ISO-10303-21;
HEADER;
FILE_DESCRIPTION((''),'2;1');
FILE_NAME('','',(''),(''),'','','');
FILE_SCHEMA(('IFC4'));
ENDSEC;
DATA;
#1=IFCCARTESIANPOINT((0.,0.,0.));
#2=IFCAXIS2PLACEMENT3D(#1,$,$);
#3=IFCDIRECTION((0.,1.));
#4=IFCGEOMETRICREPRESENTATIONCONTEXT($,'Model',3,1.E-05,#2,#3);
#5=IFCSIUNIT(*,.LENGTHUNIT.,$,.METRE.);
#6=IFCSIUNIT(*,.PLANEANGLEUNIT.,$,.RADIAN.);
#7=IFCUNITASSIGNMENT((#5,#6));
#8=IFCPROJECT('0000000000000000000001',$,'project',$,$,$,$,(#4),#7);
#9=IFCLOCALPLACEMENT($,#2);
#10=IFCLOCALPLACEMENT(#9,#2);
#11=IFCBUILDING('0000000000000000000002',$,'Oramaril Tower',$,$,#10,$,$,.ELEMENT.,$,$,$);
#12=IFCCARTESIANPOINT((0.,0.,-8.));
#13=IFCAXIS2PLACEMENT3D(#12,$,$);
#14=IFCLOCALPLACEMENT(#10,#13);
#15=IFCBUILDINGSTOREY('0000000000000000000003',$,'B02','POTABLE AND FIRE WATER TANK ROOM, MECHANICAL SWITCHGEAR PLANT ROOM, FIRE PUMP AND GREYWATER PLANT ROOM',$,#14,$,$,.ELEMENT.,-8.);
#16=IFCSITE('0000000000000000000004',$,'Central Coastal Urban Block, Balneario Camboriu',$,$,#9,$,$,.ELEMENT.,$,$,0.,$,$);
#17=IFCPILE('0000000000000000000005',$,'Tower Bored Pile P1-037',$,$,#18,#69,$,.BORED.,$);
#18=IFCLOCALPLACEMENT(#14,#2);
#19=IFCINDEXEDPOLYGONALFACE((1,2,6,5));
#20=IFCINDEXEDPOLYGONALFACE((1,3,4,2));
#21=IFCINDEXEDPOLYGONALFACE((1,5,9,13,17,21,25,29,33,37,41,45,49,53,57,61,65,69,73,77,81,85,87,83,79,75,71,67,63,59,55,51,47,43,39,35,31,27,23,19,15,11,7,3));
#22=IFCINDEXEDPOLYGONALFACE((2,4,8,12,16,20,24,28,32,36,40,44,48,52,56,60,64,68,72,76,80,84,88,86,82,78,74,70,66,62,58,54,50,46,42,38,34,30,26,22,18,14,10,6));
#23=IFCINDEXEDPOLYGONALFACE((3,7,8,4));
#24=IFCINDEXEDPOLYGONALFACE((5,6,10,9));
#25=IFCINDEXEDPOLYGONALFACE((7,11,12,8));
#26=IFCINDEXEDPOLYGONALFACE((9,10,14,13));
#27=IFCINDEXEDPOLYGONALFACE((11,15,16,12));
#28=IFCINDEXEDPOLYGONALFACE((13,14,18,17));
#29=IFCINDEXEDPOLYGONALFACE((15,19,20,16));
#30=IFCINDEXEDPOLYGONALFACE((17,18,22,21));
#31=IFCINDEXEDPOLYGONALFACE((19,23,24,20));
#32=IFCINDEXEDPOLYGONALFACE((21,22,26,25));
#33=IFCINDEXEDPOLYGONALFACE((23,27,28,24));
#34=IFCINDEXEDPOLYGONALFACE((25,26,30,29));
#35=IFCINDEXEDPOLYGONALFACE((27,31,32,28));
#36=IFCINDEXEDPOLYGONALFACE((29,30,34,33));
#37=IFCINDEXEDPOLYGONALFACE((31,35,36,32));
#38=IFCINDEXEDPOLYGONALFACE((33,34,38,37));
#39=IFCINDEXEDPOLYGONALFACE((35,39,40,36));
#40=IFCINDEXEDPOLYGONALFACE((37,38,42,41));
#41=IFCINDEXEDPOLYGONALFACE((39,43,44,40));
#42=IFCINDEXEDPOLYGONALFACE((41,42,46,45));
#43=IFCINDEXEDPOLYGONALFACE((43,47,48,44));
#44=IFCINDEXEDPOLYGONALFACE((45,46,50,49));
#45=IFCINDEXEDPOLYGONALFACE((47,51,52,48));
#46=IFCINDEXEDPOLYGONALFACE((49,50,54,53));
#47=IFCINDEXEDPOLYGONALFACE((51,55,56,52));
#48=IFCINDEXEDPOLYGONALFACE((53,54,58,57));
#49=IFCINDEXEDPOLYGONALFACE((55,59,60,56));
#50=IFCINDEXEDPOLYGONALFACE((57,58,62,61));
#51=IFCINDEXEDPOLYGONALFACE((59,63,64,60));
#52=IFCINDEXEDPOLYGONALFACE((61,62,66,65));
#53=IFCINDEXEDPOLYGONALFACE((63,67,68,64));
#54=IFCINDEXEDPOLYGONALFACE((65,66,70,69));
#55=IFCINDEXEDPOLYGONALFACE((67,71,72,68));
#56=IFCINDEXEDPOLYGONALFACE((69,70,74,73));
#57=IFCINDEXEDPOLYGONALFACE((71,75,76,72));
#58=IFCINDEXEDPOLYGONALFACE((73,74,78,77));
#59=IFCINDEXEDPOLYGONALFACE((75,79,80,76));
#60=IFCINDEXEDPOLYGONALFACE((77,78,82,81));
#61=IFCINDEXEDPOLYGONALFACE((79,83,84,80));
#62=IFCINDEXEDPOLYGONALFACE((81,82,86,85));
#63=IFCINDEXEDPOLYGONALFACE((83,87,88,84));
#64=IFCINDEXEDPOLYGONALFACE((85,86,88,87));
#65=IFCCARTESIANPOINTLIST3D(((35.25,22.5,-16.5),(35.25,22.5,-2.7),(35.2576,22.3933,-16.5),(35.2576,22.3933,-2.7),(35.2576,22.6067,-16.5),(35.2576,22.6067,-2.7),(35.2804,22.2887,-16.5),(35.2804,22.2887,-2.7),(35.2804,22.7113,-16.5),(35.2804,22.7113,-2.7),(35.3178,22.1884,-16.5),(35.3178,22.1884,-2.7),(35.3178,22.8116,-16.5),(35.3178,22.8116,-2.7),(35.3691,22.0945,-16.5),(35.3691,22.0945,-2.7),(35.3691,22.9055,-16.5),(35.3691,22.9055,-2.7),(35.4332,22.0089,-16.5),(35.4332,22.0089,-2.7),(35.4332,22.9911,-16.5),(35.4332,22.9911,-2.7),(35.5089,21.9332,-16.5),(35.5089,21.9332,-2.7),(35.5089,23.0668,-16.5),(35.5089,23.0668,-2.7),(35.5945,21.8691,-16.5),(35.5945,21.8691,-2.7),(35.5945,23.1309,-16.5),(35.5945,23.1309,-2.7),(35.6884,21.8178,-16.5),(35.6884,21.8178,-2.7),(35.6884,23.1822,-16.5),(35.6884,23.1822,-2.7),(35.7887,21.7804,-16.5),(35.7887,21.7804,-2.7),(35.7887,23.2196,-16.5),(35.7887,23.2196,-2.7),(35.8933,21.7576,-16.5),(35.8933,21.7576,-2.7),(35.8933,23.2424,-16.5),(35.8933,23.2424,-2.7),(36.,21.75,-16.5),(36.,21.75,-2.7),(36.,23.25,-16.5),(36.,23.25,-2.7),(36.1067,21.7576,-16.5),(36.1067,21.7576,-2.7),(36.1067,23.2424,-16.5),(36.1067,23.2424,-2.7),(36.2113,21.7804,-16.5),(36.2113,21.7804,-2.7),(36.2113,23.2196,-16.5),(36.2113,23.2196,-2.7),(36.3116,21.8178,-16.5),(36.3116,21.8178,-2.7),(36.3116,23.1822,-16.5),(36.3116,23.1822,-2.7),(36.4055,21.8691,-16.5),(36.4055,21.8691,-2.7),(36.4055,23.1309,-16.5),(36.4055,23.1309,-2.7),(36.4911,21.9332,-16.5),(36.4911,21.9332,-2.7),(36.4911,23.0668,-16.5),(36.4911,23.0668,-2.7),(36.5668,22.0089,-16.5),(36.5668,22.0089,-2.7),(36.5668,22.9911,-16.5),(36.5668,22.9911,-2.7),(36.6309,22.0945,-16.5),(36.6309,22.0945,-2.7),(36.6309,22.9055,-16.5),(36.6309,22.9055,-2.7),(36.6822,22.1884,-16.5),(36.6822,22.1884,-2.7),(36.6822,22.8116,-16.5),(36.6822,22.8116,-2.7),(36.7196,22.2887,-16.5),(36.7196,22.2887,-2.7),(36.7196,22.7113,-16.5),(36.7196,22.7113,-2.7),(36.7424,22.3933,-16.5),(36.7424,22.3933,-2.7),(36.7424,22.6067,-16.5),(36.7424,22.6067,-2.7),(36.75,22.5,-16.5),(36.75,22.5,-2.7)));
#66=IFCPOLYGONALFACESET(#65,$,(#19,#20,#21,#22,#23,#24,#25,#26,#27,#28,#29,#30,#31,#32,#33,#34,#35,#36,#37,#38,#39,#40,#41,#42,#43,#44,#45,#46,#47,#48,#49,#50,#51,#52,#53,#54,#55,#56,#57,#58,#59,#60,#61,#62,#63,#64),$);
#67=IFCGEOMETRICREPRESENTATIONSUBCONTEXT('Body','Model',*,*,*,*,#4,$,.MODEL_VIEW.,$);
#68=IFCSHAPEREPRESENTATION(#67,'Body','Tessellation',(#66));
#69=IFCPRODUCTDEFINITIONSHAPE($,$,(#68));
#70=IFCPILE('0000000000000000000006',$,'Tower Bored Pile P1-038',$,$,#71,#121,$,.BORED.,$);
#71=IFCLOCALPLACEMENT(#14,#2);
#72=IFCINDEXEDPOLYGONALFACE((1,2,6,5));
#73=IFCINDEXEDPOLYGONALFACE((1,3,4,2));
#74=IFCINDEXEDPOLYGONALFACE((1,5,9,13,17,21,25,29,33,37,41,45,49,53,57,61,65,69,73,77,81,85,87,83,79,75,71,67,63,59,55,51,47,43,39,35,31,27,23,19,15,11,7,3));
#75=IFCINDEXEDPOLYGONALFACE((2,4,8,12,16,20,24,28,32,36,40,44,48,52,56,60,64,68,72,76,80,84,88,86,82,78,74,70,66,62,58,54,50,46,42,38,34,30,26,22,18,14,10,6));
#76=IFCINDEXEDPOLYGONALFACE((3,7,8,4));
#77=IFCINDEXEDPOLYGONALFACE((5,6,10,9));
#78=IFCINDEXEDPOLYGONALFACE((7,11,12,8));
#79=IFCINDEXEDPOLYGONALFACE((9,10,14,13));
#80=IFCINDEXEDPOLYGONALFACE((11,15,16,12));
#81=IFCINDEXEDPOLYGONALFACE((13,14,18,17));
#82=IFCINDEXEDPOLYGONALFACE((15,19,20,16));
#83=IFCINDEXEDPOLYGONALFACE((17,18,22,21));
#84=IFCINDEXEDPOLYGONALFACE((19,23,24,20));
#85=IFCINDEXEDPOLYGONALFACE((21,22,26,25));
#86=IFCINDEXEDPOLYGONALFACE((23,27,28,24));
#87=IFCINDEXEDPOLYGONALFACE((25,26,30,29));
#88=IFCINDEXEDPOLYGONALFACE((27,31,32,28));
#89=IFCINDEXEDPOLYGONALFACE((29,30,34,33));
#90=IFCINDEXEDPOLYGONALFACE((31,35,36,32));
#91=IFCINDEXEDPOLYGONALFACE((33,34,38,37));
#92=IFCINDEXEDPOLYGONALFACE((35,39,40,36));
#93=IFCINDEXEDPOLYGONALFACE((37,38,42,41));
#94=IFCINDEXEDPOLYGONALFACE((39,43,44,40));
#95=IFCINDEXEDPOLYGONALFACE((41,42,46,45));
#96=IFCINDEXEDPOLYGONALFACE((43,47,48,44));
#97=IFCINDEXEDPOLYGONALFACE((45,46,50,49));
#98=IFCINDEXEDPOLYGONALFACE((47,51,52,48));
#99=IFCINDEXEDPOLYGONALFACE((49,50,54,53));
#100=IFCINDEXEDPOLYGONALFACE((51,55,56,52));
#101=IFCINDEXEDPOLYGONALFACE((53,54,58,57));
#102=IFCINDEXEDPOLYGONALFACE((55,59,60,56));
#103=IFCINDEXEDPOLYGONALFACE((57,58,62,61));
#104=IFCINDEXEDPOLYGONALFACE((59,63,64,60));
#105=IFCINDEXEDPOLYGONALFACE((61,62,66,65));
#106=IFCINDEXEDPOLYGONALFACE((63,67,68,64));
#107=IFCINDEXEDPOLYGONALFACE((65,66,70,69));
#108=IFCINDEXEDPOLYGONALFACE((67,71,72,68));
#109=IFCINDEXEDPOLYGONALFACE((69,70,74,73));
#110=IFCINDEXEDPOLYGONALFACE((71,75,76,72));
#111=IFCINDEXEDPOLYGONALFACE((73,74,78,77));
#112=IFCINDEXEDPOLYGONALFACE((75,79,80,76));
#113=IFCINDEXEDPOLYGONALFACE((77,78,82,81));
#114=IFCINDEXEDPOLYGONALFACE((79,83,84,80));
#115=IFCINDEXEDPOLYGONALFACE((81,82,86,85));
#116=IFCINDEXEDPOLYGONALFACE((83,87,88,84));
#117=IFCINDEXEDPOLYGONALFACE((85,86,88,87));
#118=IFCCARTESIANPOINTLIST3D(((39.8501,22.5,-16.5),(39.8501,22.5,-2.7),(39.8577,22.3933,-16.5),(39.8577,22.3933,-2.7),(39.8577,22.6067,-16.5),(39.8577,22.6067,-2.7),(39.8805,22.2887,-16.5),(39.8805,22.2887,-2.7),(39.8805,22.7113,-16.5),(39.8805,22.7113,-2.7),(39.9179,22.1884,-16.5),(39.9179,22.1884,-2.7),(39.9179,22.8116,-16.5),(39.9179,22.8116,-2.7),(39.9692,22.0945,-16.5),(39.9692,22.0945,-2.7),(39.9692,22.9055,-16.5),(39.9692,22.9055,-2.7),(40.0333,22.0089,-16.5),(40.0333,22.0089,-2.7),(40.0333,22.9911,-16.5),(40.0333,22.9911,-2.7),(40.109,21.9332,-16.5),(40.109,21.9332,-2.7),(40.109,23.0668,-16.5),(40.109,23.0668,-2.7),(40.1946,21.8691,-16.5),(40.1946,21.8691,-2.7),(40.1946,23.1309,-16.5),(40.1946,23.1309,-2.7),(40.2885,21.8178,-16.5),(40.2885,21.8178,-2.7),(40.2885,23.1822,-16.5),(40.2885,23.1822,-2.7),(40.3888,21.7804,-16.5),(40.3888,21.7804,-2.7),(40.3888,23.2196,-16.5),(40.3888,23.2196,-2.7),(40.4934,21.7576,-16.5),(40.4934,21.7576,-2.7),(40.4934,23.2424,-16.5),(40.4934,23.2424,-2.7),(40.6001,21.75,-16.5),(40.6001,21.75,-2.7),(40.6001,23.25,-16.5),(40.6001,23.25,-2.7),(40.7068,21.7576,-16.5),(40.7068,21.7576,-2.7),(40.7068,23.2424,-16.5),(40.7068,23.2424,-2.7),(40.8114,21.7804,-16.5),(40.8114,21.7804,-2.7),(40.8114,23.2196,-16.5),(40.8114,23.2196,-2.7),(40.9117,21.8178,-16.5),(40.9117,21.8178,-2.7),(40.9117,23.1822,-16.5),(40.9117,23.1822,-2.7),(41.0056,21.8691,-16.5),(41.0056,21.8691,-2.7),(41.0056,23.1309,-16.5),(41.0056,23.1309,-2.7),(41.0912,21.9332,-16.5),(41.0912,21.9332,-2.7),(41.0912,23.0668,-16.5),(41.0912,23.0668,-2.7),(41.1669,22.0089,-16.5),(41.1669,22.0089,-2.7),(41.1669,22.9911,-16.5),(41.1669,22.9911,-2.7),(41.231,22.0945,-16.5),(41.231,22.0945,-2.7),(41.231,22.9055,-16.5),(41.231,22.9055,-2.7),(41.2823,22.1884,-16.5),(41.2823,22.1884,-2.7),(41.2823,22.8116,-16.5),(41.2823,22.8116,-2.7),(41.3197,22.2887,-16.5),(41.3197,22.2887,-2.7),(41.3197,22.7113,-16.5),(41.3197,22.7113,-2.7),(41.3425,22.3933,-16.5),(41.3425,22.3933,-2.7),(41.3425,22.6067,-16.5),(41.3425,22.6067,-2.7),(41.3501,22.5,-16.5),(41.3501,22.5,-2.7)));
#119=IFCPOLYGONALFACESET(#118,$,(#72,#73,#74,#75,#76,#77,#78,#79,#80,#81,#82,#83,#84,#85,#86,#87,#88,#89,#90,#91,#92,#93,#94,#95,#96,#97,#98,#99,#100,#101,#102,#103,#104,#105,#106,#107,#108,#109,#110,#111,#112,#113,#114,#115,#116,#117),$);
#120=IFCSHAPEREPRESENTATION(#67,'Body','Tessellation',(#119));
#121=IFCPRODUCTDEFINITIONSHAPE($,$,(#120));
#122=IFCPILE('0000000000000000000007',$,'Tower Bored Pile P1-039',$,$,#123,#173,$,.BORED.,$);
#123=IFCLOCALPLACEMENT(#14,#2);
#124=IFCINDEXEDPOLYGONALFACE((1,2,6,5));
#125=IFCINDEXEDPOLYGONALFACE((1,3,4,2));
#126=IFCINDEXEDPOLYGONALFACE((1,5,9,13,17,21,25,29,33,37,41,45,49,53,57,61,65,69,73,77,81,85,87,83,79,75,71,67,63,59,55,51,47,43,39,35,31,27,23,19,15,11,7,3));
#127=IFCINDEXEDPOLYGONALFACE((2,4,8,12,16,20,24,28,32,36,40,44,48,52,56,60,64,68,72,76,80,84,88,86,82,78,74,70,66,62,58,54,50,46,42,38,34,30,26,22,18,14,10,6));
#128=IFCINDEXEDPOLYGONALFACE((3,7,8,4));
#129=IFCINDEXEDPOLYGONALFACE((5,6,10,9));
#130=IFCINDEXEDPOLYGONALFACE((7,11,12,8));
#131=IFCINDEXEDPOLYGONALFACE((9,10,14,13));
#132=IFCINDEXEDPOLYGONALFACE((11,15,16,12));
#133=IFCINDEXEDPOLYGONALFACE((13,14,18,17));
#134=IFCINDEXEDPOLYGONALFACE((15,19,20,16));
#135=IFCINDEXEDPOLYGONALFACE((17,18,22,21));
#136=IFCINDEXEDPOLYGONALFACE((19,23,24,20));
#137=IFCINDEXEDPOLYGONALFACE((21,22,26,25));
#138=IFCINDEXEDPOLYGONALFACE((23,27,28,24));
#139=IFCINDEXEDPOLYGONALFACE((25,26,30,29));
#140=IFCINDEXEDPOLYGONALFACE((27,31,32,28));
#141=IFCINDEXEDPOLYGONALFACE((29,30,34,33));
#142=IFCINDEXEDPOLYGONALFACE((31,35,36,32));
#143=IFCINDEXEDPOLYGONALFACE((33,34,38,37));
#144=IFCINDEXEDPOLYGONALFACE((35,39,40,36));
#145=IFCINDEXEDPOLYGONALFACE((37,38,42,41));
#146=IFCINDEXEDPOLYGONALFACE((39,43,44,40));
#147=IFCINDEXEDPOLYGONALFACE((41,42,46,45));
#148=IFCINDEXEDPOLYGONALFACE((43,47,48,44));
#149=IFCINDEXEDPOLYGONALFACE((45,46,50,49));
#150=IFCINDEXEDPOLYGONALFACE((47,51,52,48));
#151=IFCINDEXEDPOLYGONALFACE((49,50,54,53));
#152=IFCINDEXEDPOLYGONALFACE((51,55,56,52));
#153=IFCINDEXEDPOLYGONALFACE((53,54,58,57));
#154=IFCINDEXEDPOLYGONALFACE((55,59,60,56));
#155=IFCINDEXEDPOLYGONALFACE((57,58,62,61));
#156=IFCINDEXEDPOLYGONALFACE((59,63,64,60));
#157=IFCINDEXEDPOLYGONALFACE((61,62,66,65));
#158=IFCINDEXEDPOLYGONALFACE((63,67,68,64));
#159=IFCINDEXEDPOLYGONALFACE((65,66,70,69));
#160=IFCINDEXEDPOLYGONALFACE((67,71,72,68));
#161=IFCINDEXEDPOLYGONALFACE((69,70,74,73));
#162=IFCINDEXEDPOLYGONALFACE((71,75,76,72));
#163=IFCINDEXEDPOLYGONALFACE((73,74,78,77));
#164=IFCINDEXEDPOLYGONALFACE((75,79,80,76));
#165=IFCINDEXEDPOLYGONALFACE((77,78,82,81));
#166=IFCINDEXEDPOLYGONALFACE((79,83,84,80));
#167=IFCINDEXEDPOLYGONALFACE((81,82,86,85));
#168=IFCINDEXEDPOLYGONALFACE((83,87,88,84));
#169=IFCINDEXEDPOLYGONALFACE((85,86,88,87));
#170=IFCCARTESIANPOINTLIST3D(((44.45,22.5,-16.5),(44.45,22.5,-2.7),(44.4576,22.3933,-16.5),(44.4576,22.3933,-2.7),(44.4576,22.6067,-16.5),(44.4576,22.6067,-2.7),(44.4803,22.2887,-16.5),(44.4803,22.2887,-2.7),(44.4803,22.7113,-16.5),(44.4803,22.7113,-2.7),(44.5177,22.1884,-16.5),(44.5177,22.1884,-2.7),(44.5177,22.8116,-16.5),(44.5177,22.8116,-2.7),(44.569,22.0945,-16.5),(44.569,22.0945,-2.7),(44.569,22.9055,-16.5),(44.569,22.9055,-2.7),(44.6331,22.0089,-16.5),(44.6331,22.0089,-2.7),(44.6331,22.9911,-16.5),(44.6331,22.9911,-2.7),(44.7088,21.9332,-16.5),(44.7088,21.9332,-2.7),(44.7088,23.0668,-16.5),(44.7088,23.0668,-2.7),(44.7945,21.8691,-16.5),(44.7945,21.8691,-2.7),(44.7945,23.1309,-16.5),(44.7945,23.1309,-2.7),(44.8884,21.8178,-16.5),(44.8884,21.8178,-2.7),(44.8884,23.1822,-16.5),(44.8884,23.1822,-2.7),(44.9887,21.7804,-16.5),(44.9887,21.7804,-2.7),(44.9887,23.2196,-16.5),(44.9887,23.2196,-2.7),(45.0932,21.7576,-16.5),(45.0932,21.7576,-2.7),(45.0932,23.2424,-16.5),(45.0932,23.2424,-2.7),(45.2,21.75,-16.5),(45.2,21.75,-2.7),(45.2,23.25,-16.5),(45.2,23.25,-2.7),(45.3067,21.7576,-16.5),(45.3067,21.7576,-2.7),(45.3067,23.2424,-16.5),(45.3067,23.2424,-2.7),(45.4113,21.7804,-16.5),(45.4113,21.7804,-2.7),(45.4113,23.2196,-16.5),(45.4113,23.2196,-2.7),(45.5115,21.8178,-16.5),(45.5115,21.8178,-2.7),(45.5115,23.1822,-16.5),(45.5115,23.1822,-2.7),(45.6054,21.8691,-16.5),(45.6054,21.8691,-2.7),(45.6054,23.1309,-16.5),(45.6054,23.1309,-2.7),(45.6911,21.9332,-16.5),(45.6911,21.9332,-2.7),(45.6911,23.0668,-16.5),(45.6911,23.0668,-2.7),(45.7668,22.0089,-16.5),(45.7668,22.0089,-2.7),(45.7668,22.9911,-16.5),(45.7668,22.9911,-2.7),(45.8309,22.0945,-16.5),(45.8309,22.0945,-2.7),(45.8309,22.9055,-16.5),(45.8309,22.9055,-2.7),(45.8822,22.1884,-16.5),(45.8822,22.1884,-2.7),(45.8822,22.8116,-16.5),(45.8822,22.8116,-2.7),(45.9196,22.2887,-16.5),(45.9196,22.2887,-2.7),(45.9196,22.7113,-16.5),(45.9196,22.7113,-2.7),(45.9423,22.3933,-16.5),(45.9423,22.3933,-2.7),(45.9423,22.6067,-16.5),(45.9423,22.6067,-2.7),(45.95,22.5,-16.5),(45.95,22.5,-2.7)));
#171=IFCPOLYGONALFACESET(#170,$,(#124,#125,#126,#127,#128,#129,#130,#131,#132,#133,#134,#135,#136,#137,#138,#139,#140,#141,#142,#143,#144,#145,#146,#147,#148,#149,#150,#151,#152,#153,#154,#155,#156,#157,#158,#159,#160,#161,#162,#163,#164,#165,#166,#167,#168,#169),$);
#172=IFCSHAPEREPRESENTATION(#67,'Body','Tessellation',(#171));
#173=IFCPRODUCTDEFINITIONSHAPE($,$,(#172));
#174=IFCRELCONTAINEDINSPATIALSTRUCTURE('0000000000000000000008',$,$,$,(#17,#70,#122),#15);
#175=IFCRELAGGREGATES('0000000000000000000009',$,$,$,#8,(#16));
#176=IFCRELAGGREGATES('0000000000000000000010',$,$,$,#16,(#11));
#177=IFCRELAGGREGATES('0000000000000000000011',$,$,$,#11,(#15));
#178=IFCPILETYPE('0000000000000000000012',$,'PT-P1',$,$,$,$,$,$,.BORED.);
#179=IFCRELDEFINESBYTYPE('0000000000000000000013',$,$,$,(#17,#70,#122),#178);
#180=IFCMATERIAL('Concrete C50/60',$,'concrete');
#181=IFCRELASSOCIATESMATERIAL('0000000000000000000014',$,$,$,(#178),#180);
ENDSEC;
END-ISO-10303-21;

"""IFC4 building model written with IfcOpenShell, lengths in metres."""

from ifc_helpers import new_model, si_unit, direction, frame, origin, origin_2d, place, context, subcontext, project, spatial, circle, extrude, material, material_profile, profile_set, type_object, element, save


model = new_model("IFC4")

# Units and contexts
model_context = context("Model", 3, precision=1e-05, world=origin(), true_north=direction((0.0, 1.0)))
body_context = subcontext(model_context, "Body", "Model", "MODEL_VIEW")
ifc_project = project(units=[si_unit("LENGTHUNIT", "METRE"), si_unit("PLANEANGLEUNIT", "RADIAN")], contexts=[model_context])

# Site, building, storey
site_placement = place(None, origin())
site = spatial("IfcSite", under=ifc_project, at=site_placement, Name="Central Coastal Urban Block, Balneario Camboriu", CompositionType="ELEMENT", RefElevation=0.0)
building_placement = place(site_placement, origin())
building = spatial("IfcBuilding", under=site, at=building_placement, Name="Oramaril Tower", CompositionType="ELEMENT")
storey_placement = place(building_placement, frame((0.0, 0.0, -8.0)))
storey = spatial("IfcBuildingStorey", under=building, at=storey_placement, Name="B02", Description="POTABLE AND FIRE WATER TANK ROOM, MECHANICAL SWITCHGEAR PLANT ROOM, FIRE PUMP AND GREYWATER PLANT ROOM", CompositionType="ELEMENT", Elevation=-8.0)

# Piles
ifc_material_1 = material(Name="Concrete C50/60", Category="concrete")
ifc_material_profile_1 = material_profile(ifc_material_1, circle(Radius=0.75, at=origin_2d()), Name="D1500")
ifc_profile_set_1 = profile_set([ifc_material_profile_1], Name="Concrete C50/60")
pile_type = type_object("IfcPileType", Name="PT-P1", PredefinedType="BORED", material=ifc_profile_set_1)
for number, where, z_axis, x_axis, name in (
    (1, (36.0, 22.5, -2.7), (0.0, 0.0, -1.0), (1.0, 0.0, 0.0), "Tower Bored Pile P1-037"),
    (2, (40.6001, 22.5, -2.7), (0.0, 0.0, -1.0), (1.0, 0.0, 0.0), "Tower Bored Pile P1-038"),
    (3, (45.2, 22.5, -2.7), (0.0, 0.0, -1.0), (1.0, 0.0, 0.0), "Tower Bored Pile P1-039"),
):
    element("IfcPile", number, at=place(storey_placement, frame(where, z_axis=z_axis, x_axis=x_axis)), inside=storey, type_object=pile_type, Name=name, PredefinedType="BORED", context=body_context, shape_type="SweptSolid", body=[
        extrude(circle(Radius=0.75, at=origin_2d()), origin(), (0.0, 0.0, 1.0), 13.8),
    ])

save(model, "model.ifc")
